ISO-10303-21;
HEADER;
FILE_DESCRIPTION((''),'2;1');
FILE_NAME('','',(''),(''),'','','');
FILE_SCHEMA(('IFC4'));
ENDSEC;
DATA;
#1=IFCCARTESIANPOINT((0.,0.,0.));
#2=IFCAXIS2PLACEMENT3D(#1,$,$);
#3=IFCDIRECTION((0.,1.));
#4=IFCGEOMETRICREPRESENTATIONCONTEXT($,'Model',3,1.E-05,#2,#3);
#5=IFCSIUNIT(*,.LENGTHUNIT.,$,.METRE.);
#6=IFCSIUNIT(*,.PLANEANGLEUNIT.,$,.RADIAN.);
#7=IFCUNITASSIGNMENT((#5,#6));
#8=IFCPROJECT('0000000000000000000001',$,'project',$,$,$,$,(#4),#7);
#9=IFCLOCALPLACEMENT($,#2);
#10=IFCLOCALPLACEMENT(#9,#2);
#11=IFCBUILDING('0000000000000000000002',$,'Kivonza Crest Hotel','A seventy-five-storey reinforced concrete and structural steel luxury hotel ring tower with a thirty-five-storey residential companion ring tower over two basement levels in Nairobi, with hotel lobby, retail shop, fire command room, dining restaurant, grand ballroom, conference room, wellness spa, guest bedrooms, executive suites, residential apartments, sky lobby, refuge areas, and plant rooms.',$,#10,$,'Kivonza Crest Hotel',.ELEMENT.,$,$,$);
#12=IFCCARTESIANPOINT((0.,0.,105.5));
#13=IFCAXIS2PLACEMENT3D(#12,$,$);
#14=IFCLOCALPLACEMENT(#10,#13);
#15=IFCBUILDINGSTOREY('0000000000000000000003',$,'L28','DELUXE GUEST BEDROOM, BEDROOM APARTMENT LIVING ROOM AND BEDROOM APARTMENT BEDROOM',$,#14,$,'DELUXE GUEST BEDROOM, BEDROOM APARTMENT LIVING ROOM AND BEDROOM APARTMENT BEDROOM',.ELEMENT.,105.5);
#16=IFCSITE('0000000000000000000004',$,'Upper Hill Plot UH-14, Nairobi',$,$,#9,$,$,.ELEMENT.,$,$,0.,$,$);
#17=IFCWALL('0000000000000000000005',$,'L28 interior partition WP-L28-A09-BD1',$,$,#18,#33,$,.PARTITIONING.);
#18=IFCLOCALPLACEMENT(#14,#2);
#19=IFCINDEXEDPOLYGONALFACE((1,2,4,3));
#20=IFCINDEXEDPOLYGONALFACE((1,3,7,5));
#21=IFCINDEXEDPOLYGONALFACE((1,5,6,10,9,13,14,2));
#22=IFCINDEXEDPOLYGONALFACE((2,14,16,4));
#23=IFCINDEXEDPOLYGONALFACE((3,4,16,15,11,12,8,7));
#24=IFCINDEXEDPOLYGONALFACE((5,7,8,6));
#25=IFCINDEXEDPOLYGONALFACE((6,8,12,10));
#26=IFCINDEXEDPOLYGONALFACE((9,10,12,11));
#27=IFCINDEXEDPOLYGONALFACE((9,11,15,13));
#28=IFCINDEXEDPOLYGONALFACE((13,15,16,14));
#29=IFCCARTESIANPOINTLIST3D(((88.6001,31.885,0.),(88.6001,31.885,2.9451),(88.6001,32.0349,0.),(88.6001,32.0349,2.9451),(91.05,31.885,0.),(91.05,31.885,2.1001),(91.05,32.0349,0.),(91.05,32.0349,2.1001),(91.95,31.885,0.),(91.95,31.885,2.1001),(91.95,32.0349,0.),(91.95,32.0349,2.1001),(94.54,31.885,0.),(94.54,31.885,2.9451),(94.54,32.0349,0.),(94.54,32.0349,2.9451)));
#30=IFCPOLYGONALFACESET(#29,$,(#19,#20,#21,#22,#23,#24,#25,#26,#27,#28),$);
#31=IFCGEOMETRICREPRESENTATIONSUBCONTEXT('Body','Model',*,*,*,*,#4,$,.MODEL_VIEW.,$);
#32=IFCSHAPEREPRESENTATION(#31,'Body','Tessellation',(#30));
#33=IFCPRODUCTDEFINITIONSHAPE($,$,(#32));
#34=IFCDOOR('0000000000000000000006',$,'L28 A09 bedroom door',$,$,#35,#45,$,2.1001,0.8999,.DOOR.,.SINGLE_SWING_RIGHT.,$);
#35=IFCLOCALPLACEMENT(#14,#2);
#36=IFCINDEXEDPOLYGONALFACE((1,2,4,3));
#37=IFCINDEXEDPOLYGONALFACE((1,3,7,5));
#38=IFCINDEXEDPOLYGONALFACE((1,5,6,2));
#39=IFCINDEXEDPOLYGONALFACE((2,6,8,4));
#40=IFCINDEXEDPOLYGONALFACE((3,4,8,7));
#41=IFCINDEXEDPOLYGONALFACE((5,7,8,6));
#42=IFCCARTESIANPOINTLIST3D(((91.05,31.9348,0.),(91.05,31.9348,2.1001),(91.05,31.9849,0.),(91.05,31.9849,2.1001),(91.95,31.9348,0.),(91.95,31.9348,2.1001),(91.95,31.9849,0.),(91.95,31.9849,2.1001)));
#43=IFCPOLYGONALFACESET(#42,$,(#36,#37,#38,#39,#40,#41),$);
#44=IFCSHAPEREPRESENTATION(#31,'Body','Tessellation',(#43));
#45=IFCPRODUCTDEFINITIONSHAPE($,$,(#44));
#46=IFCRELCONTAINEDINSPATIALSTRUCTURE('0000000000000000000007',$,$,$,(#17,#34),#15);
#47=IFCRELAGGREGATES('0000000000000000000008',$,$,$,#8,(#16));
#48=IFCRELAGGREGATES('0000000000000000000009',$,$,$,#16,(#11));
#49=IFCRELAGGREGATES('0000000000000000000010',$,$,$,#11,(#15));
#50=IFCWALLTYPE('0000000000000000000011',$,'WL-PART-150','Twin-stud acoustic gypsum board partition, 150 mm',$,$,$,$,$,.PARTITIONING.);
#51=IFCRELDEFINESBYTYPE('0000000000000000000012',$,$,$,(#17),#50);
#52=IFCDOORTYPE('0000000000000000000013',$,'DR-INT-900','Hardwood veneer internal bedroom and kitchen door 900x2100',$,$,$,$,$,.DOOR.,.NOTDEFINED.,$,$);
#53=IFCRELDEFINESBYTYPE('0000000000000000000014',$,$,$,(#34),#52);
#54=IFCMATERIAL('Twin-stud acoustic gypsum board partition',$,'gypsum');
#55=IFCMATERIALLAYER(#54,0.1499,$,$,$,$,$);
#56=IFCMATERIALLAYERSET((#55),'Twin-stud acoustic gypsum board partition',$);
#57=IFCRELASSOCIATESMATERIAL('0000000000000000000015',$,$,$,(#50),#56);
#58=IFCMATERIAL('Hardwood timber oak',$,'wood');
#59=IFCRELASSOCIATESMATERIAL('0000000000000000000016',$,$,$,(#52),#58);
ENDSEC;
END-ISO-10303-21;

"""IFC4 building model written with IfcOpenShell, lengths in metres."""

from ifc_helpers import new_model, si_unit, direction, frame, frame_2d, origin, place, context, subcontext, project, spatial, rectangle, extrude, material, layer, layer_set, type_object, element, fill, save


model = new_model("IFC4")

# Units and contexts
model_context = context("Model", 3, precision=1e-05, world=origin(), true_north=direction((0.0, 1.0)))
body_context = subcontext(model_context, "Body", "Model", "MODEL_VIEW")
ifc_project = project(units=[si_unit("LENGTHUNIT", "METRE"), si_unit("PLANEANGLEUNIT", "RADIAN")], contexts=[model_context])

# Site, building, storey
site_placement = place(None, origin())
site = spatial("IfcSite", under=ifc_project, at=site_placement, Name="Upper Hill Plot UH-14, Nairobi", CompositionType="ELEMENT", RefElevation=0.0)
building_placement = place(site_placement, origin())
building = spatial("IfcBuilding", under=site, at=building_placement, Name="Kivonza Crest Hotel", Description="A seventy-five-storey reinforced concrete and structural steel luxury hotel ring tower with a thirty-five-storey residential companion ring tower over two basement levels in Nairobi, with hotel lobby, retail shop, fire command room, dining restaurant, grand ballroom, conference room, wellness spa, guest bedrooms, executive suites, residential apartments, sky lobby, refuge areas, and plant rooms.", LongName="Kivonza Crest Hotel", CompositionType="ELEMENT")
storey_placement = place(building_placement, frame((0.0, 0.0, 105.5)))
storey = spatial("IfcBuildingStorey", under=building, at=storey_placement, Name="L28", Description="DELUXE GUEST BEDROOM, BEDROOM APARTMENT LIVING ROOM AND BEDROOM APARTMENT BEDROOM", LongName="DELUXE GUEST BEDROOM, BEDROOM APARTMENT LIVING ROOM AND BEDROOM APARTMENT BEDROOM", CompositionType="ELEMENT", Elevation=105.5)

# Shared definitions
ifc_material_1 = material(Name="Hardwood timber oak", Category="wood")

# Shared definitions
ifc_material_2 = material(Name="Twin-stud acoustic gypsum board partition", Category="gypsum")
ifc_layer_1 = layer(ifc_material_2, 0.1499)
ifc_layer_set_1 = layer_set([ifc_layer_1], Name="Twin-stud acoustic gypsum board partition")
wall_type_1 = type_object("IfcWallType", Name="WL-PART-150", Description="Twin-stud acoustic gypsum board partition, 150 mm", PredefinedType="PARTITIONING", material=ifc_layer_set_1)
door_type_1 = type_object("IfcDoorType", Name="DR-INT-900", Description="Hardwood veneer internal bedroom and kitchen door 900x2100", OperationType="NOTDEFINED", PredefinedType="DOOR", material=ifc_material_1)

# Wall, opening, door
wall_1_placement = place(storey_placement, frame((88.6001, 31.96, 0.0), z_axis=(0.0, 0.0, 1.0), x_axis=(1.0, 0.0, 0.0)))
wall_1 = element("IfcWall", 1, at=wall_1_placement, inside=storey, type_object=wall_type_1, Name="L28 interior partition WP-L28-A09-BD1", PredefinedType="PARTITIONING", context=body_context, shape_type="SweptSolid", body=[
    extrude(rectangle(XDim=5.9399, YDim=0.1499, at=frame_2d((2.97, 0.0))), origin(), (0.0, 0.0, 1.0), 2.9451),
])
opening_1_placement = place(wall_1_placement, frame((2.45, 0.0, 0.0)))
opening_1 = element("IfcOpeningElement", 2, at=opening_1_placement, cuts=wall_1, PredefinedType="OPENING", context=body_context, shape_type="SweptSolid", body=[
    extrude(rectangle(XDim=0.8999, YDim=2.1001, at=frame_2d((0.45, 1.05))), frame((0.0, 0.085, 0.0), z_axis=(0.0, -1.0, 0.0), x_axis=(1.0, 0.0, 0.0)), (0.0, 0.0, 1.0), 0.1699),
])
door_1_placement = place(opening_1_placement, origin())
door_1 = element("IfcDoor", 3, at=door_1_placement, inside=storey, type_object=door_type_1, Name="L28 A09 bedroom door", OperationType="SINGLE_SWING_RIGHT", OverallHeight=2.1001, OverallWidth=0.8999, PredefinedType="DOOR", context=body_context, shape_type="SweptSolid", body=[
    extrude(rectangle(XDim=0.8999, YDim=2.1001, at=frame_2d((0.45, 1.05))), frame((0.0, 0.0249, 0.0), z_axis=(0.0, -1.0, 0.0), x_axis=(1.0, 0.0, 0.0)), (0.0, 0.0, 1.0), 0.05),
])
fill(opening_1, door_1)

save(model, "model.ifc")
